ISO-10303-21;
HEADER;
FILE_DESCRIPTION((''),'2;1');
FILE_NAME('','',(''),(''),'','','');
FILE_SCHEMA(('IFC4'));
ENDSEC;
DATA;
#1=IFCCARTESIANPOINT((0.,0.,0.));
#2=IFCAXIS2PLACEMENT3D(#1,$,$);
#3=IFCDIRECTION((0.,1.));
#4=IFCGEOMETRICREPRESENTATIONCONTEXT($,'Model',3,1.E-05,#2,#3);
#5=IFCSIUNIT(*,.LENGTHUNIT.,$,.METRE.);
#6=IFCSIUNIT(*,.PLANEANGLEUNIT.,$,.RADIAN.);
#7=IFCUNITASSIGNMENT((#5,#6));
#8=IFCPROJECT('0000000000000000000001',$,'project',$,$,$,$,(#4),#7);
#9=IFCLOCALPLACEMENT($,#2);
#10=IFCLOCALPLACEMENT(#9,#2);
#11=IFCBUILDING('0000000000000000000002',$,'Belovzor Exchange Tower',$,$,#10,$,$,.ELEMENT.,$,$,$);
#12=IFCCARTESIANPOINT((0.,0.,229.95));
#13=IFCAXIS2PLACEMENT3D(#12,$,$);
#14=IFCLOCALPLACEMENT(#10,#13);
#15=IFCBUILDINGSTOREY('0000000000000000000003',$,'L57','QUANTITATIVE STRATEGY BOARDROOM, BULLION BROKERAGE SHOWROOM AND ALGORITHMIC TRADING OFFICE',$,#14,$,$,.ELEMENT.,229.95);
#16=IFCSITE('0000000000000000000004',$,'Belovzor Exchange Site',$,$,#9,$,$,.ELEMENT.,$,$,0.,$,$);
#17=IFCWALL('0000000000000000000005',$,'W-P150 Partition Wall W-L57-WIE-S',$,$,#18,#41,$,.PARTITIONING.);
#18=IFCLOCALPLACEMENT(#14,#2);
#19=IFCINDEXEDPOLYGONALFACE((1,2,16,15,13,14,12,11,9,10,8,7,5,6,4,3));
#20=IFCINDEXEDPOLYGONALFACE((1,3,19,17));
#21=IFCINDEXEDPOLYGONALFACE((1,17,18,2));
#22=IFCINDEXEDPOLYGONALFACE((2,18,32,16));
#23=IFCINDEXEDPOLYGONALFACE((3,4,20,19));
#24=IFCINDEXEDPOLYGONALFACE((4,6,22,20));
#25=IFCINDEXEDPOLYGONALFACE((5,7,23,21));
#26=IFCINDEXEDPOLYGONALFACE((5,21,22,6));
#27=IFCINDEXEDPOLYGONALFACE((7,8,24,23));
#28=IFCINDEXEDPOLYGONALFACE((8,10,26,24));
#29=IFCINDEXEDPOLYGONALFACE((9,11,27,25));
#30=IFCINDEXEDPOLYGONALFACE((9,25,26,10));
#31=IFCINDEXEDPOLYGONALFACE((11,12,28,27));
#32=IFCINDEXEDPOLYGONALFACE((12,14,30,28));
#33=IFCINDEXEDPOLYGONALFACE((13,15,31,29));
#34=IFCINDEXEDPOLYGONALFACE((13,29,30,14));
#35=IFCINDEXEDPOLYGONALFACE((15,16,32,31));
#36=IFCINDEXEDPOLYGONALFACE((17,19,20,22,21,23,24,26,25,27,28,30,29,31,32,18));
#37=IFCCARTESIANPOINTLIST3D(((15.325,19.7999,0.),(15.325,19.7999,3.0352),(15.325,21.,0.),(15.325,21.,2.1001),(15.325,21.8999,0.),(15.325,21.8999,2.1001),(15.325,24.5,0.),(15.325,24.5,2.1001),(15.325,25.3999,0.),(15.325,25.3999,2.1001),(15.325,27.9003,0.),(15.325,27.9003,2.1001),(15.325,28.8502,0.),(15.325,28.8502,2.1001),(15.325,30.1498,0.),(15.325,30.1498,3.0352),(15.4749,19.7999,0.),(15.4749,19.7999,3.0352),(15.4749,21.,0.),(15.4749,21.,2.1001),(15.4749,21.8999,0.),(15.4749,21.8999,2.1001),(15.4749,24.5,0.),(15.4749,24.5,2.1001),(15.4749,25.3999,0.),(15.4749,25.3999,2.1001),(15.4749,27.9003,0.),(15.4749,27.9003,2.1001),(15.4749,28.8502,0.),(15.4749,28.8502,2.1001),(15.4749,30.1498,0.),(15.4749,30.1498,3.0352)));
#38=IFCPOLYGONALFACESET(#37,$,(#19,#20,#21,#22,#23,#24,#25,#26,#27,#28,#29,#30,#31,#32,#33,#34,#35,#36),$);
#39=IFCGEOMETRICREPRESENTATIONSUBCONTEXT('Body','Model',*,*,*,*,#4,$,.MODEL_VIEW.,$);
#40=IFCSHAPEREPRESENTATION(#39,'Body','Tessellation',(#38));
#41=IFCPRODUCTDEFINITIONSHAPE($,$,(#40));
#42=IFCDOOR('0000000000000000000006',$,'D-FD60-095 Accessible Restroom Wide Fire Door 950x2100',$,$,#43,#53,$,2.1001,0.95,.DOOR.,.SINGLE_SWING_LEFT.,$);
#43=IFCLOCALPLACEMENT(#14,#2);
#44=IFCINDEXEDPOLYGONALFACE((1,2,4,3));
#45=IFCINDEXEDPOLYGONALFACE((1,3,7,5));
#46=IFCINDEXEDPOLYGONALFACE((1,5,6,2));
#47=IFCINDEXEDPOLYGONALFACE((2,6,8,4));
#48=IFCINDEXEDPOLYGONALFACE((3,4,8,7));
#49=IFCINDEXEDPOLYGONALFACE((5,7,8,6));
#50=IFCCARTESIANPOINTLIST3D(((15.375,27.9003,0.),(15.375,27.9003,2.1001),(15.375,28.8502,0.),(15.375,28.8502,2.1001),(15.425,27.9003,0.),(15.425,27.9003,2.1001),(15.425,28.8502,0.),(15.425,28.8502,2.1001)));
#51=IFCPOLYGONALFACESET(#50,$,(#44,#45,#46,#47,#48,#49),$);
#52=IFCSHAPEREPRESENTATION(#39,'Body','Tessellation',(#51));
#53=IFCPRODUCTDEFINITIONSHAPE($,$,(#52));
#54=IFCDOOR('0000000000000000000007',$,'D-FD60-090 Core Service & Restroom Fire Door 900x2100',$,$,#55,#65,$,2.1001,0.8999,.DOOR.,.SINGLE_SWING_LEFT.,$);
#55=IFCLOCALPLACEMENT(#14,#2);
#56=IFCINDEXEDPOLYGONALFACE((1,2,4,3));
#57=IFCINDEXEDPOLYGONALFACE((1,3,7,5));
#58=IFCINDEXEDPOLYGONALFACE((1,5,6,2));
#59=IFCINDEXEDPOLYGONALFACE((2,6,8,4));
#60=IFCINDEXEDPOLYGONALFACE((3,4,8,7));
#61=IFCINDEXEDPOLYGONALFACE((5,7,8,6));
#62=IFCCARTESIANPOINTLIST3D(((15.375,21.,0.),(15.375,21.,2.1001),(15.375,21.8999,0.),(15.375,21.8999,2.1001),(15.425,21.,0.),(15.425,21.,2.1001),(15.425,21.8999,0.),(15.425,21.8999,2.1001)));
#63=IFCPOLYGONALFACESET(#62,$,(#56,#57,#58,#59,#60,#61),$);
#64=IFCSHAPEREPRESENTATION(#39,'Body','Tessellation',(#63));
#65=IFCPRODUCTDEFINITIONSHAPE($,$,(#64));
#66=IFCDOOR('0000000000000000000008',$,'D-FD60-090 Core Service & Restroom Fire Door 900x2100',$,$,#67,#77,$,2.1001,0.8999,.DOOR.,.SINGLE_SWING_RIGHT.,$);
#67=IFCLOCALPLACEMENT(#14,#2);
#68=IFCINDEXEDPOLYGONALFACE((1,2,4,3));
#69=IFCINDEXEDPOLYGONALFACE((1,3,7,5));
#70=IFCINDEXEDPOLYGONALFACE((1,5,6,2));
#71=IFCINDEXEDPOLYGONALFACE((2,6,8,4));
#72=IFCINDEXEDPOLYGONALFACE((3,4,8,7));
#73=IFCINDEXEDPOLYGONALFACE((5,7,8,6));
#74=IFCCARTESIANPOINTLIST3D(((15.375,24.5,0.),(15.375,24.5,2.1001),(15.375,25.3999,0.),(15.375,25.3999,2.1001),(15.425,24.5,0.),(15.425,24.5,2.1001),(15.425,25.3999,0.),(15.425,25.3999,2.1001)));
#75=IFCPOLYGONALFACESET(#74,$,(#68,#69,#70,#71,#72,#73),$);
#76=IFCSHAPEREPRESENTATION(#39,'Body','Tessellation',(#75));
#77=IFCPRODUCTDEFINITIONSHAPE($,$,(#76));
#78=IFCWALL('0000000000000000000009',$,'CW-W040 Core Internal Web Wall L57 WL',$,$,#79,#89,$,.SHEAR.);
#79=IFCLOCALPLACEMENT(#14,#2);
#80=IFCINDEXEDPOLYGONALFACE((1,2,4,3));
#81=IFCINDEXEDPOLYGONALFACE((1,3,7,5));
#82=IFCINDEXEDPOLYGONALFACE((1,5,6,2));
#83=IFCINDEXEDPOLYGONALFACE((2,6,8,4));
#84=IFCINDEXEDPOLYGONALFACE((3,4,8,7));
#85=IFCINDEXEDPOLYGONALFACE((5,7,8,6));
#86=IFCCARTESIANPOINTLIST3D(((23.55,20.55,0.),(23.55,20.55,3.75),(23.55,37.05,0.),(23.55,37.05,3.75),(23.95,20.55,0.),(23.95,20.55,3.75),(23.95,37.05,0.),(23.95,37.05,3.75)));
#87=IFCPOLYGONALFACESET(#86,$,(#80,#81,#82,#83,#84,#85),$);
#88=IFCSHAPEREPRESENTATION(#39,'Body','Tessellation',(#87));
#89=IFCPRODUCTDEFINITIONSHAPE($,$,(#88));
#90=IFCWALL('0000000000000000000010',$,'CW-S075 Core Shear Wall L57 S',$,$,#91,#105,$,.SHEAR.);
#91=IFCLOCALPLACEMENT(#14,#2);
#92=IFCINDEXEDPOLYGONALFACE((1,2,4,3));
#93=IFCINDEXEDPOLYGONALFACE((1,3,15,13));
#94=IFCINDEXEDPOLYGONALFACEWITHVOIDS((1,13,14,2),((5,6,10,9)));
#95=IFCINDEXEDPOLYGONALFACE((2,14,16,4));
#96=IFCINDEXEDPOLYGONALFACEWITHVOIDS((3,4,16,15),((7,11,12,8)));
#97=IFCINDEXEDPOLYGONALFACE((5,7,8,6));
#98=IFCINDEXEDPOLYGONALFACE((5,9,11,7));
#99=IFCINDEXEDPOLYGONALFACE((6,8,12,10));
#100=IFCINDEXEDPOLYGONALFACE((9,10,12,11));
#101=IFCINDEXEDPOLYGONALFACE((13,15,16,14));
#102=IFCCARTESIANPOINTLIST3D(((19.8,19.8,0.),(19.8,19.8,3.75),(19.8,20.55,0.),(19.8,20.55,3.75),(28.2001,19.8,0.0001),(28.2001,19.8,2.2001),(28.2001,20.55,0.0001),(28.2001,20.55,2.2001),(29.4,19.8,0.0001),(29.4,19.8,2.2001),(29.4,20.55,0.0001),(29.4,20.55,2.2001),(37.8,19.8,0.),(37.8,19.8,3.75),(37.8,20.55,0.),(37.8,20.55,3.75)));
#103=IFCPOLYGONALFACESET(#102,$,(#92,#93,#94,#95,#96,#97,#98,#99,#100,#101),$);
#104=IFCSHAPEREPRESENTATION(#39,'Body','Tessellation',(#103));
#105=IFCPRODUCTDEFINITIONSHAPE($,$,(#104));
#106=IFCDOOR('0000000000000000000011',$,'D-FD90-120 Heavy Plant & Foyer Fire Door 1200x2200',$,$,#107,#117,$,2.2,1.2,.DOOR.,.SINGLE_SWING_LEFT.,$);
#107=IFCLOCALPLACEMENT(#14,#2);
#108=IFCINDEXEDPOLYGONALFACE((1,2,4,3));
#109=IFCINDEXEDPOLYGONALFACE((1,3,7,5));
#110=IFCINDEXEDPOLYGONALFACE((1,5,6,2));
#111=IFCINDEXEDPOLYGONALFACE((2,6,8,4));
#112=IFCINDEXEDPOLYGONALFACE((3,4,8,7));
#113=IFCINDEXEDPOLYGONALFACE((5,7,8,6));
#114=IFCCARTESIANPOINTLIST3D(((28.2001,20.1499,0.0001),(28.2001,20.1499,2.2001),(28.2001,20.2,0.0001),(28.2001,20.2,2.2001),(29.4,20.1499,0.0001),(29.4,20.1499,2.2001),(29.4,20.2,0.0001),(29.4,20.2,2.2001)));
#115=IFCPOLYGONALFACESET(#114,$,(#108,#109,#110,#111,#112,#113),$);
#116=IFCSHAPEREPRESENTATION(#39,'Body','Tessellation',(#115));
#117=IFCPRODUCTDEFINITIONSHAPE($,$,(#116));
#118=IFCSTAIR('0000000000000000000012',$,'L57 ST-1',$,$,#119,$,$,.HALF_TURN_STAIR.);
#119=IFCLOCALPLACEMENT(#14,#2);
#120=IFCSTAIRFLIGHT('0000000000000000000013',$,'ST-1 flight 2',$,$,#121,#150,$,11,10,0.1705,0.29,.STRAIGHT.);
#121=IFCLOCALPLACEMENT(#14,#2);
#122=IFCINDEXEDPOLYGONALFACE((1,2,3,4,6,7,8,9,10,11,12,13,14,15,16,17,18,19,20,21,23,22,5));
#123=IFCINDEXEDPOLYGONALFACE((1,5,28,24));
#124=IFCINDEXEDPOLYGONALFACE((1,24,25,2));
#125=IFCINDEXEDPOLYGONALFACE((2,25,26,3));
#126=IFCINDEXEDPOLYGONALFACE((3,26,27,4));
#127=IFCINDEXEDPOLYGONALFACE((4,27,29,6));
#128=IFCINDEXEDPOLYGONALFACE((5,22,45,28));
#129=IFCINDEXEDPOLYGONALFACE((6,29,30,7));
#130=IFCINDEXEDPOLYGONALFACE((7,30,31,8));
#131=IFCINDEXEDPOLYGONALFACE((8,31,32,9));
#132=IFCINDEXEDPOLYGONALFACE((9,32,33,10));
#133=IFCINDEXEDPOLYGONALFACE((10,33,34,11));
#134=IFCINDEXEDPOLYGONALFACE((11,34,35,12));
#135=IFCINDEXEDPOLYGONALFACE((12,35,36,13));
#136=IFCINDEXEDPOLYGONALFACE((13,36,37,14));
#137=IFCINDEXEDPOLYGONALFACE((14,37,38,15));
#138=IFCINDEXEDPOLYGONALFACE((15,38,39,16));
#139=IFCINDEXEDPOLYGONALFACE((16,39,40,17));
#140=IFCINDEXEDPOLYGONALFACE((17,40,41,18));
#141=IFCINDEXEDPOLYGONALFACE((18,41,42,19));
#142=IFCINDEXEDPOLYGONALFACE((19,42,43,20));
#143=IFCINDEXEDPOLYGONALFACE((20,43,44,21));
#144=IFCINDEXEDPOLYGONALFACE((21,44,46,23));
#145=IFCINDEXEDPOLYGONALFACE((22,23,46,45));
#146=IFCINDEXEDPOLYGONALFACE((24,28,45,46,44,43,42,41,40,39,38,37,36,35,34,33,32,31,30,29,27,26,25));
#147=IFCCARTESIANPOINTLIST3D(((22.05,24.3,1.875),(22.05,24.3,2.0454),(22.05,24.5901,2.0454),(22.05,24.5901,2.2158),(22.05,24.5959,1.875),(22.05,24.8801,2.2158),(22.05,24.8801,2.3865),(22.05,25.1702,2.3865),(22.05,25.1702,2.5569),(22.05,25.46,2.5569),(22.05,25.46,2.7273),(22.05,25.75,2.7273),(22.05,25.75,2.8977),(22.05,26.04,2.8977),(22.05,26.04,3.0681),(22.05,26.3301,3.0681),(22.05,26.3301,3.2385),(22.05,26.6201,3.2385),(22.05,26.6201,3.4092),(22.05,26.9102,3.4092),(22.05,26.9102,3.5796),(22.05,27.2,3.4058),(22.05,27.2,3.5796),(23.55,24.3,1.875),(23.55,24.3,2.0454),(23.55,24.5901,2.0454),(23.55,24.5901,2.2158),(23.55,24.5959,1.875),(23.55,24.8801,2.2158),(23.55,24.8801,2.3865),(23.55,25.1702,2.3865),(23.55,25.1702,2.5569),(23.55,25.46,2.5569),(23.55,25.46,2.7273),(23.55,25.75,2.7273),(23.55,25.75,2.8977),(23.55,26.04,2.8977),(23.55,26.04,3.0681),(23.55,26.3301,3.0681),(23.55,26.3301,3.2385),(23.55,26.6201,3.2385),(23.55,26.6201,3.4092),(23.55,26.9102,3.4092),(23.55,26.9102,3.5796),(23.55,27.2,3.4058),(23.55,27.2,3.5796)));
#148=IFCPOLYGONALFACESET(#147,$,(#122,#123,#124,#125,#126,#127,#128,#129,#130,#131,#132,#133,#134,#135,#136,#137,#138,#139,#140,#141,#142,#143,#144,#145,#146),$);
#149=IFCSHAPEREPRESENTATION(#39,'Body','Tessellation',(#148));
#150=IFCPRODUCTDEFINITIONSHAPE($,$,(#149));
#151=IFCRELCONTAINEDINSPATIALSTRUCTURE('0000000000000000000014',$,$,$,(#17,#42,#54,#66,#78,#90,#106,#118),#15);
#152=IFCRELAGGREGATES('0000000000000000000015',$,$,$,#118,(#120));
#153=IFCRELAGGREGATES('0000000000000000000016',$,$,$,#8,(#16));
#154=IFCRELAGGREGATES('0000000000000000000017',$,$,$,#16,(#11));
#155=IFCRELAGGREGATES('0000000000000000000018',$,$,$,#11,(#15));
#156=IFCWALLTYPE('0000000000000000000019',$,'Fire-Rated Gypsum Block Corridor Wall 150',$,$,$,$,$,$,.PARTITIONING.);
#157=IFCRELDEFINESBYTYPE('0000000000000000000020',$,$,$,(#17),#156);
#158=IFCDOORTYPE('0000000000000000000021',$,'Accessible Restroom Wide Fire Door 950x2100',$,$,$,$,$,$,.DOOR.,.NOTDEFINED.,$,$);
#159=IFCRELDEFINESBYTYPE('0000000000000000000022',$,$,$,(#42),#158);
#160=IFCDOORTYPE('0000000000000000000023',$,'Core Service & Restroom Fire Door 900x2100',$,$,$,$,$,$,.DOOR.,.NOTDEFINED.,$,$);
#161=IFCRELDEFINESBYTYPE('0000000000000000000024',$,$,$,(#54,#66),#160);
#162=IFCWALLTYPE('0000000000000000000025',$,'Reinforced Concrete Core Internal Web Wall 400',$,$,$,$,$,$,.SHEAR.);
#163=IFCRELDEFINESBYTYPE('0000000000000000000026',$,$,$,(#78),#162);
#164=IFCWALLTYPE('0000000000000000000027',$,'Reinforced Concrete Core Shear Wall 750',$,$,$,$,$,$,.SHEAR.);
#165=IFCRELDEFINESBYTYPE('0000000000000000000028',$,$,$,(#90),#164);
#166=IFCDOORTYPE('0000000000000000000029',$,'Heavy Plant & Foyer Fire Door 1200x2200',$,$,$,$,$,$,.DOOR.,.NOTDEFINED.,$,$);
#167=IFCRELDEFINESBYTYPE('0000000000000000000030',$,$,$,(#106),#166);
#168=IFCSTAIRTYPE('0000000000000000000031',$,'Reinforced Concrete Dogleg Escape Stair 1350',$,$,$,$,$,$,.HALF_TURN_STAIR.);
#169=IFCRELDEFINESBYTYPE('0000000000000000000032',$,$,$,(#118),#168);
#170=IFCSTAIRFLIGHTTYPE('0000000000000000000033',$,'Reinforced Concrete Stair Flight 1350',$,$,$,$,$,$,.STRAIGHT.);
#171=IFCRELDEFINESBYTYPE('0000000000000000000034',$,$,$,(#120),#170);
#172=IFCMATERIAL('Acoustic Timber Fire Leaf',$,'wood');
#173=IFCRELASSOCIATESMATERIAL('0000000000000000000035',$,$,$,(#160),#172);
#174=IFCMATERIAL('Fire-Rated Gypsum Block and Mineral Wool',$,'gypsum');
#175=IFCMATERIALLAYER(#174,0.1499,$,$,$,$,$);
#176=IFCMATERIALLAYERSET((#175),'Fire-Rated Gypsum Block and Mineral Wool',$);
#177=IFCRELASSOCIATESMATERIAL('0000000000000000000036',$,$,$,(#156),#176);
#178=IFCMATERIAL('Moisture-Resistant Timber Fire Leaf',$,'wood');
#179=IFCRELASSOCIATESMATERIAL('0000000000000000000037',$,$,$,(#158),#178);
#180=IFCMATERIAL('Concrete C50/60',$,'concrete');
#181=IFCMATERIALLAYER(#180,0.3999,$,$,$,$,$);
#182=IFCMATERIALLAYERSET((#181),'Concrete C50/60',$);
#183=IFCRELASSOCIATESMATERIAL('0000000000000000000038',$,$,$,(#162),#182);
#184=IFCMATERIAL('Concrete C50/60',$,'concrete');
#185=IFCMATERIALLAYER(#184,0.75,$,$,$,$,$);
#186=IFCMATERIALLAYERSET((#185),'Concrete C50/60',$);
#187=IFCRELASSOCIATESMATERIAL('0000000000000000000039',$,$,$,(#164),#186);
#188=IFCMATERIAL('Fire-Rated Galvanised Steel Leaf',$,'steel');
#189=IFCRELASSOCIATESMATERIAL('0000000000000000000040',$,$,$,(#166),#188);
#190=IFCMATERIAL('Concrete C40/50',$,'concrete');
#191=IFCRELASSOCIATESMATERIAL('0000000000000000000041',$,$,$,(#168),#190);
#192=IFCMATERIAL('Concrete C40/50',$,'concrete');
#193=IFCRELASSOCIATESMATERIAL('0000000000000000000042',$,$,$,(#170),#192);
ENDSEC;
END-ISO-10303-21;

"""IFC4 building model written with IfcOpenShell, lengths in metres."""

from ifc_helpers import new_model, si_unit, direction, frame, frame_2d, origin, place, context, subcontext, project, spatial, polyline, rectangle, outline, extrude, material, layer, layer_set, type_object, element, fill, aggregate, save


model = new_model("IFC4")

# Units and contexts
model_context = context("Model", 3, precision=1e-05, world=origin(), true_north=direction((0.0, 1.0)))
body_context = subcontext(model_context, "Body", "Model", "MODEL_VIEW")
ifc_project = project(units=[si_unit("LENGTHUNIT", "METRE"), si_unit("PLANEANGLEUNIT", "RADIAN")], contexts=[model_context])

# Site, building, storey
site_placement = place(None, origin())
site = spatial("IfcSite", under=ifc_project, at=site_placement, Name="Belovzor Exchange Site", CompositionType="ELEMENT", RefElevation=0.0)
building_placement = place(site_placement, origin())
building = spatial("IfcBuilding", under=site, at=building_placement, Name="Belovzor Exchange Tower", CompositionType="ELEMENT")
storey_placement = place(building_placement, frame((0.0, 0.0, 229.95)))
storey = spatial("IfcBuildingStorey", under=building, at=storey_placement, Name="L57", Description="QUANTITATIVE STRATEGY BOARDROOM, BULLION BROKERAGE SHOWROOM AND ALGORITHMIC TRADING OFFICE", CompositionType="ELEMENT", Elevation=229.95)

# Shared definitions
ifc_material_1 = material(Name="Acoustic Timber Fire Leaf", Category="wood")
door_type_1 = type_object("IfcDoorType", Name="Core Service & Restroom Fire Door 900x2100", OperationType="NOTDEFINED", PredefinedType="DOOR", material=ifc_material_1)

# Shared definitions
ifc_material_2 = material(Name="Fire-Rated Gypsum Block and Mineral Wool", Category="gypsum")
ifc_layer_1 = layer(ifc_material_2, 0.1499)
ifc_layer_set_1 = layer_set([ifc_layer_1], Name="Fire-Rated Gypsum Block and Mineral Wool")
wall_type_1 = type_object("IfcWallType", Name="Fire-Rated Gypsum Block Corridor Wall 150", PredefinedType="PARTITIONING", material=ifc_layer_set_1)

# Wall, openings, doors
wall_1_placement = place(storey_placement, frame((15.3999, 19.8, 0.0), z_axis=(0.0, 0.0, 1.0), x_axis=(0.0, 1.0, 0.0)))
wall_1 = element("IfcWall", 1, at=wall_1_placement, inside=storey, type_object=wall_type_1, Name="W-P150 Partition Wall W-L57-WIE-S", PredefinedType="PARTITIONING", context=body_context, shape_type="SweptSolid", body=[
    extrude(rectangle(XDim=10.3499, YDim=0.1499, at=frame_2d((5.1748, 0.0))), origin(), (0.0, 0.0, 1.0), 3.0352),
])
opening_1_placement = place(wall_1_placement, frame((1.2, 0.0, 0.0)))
opening_1 = element("IfcOpeningElement", 2, at=opening_1_placement, cuts=wall_1, PredefinedType="OPENING", context=body_context, shape_type="SweptSolid", body=[
    extrude(rectangle(XDim=0.8999, YDim=2.1001, at=frame_2d((0.45, 1.05))), frame((0.0, 0.085, 0.0), z_axis=(0.0, -1.0, 0.0), x_axis=(1.0, 0.0, 0.0)), (0.0, 0.0, 1.0), 0.1699),
])
opening_2_placement = place(wall_1_placement, frame((4.7, 0.0, 0.0)))
opening_2 = element("IfcOpeningElement", 3, at=opening_2_placement, cuts=wall_1, PredefinedType="OPENING", context=body_context, shape_type="SweptSolid", body=[
    extrude(rectangle(XDim=0.8999, YDim=2.1001, at=frame_2d((0.45, 1.05))), frame((0.0, 0.085, 0.0), z_axis=(0.0, -1.0, 0.0), x_axis=(1.0, 0.0, 0.0)), (0.0, 0.0, 1.0), 0.1699),
])
opening_3_placement = place(wall_1_placement, frame((8.1001, 0.0, 0.0)))
opening_3 = element("IfcOpeningElement", 4, at=opening_3_placement, cuts=wall_1, PredefinedType="OPENING", context=body_context, shape_type="SweptSolid", body=[
    extrude(rectangle(XDim=0.95, YDim=2.1001, at=frame_2d((0.4751, 1.05))), frame((0.0, 0.085, 0.0), z_axis=(0.0, -1.0, 0.0), x_axis=(1.0, 0.0, 0.0)), (0.0, 0.0, 1.0), 0.1699),
])
ifc_material_3 = material(Name="Moisture-Resistant Timber Fire Leaf", Category="wood")
door_type_2 = type_object("IfcDoorType", Name="Accessible Restroom Wide Fire Door 950x2100", OperationType="NOTDEFINED", PredefinedType="DOOR", material=ifc_material_3)
door_1_placement = place(opening_3_placement, origin())
door_1 = element("IfcDoor", 5, at=door_1_placement, inside=storey, type_object=door_type_2, Name="D-FD60-095 Accessible Restroom Wide Fire Door 950x2100", OperationType="SINGLE_SWING_LEFT", OverallHeight=2.1001, OverallWidth=0.95, PredefinedType="DOOR", context=body_context, shape_type="SweptSolid", body=[
    extrude(rectangle(XDim=0.95, YDim=2.1001, at=frame_2d((0.4751, 1.05))), frame((0.0, 0.0249, 0.0), z_axis=(0.0, -1.0, 0.0), x_axis=(1.0, 0.0, 0.0)), (0.0, 0.0, 1.0), 0.05),
])
fill(opening_3, door_1)
door_2_placement = place(opening_1_placement, origin())
door_2 = element("IfcDoor", 6, at=door_2_placement, inside=storey, type_object=door_type_1, Name="D-FD60-090 Core Service & Restroom Fire Door 900x2100", OperationType="SINGLE_SWING_LEFT", OverallHeight=2.1001, OverallWidth=0.8999, PredefinedType="DOOR", context=body_context, shape_type="SweptSolid", body=[
    extrude(rectangle(XDim=0.8999, YDim=2.1001, at=frame_2d((0.45, 1.05))), frame((0.0, 0.0249, 0.0), z_axis=(0.0, -1.0, 0.0), x_axis=(1.0, 0.0, 0.0)), (0.0, 0.0, 1.0), 0.05),
])
fill(opening_1, door_2)
door_3_placement = place(opening_2_placement, origin())
door_3 = element("IfcDoor", 7, at=door_3_placement, inside=storey, type_object=door_type_1, Name="D-FD60-090 Core Service & Restroom Fire Door 900x2100", OperationType="SINGLE_SWING_RIGHT", OverallHeight=2.1001, OverallWidth=0.8999, PredefinedType="DOOR", context=body_context, shape_type="SweptSolid", body=[
    extrude(rectangle(XDim=0.8999, YDim=2.1001, at=frame_2d((0.45, 1.05))), frame((0.0, 0.0249, 0.0), z_axis=(0.0, -1.0, 0.0), x_axis=(1.0, 0.0, 0.0)), (0.0, 0.0, 1.0), 0.05),
])
fill(opening_2, door_3)

# Wall
ifc_material_4 = material(Name="Concrete C50/60", Category="concrete")
ifc_layer_2 = layer(ifc_material_4, 0.3999)
ifc_layer_set_2 = layer_set([ifc_layer_2], Name="Concrete C50/60")
wall_type_2 = type_object("IfcWallType", Name="Reinforced Concrete Core Internal Web Wall 400", PredefinedType="SHEAR", material=ifc_layer_set_2)
wall_2_placement = place(storey_placement, frame((23.75, 20.55, 0.0), z_axis=(0.0, 0.0, 1.0), x_axis=(0.0, 1.0, 0.0)))
element("IfcWall", 8, at=wall_2_placement, inside=storey, type_object=wall_type_2, Name="CW-W040 Core Internal Web Wall L57 WL", PredefinedType="SHEAR", context=body_context, shape_type="SweptSolid", body=[
    extrude(rectangle(XDim=16.5, YDim=0.3999, at=frame_2d((8.25, 0.0))), origin(), (0.0, 0.0, 1.0), 3.75),
])

# Wall, opening, door
ifc_material_5 = material(Name="Concrete C50/60", Category="concrete")
ifc_layer_3 = layer(ifc_material_5, 0.75)
ifc_layer_set_3 = layer_set([ifc_layer_3], Name="Concrete C50/60")
wall_type_3 = type_object("IfcWallType", Name="Reinforced Concrete Core Shear Wall 750", PredefinedType="SHEAR", material=ifc_layer_set_3)
wall_3_placement = place(storey_placement, frame((19.8, 20.175, 0.0), z_axis=(0.0, 0.0, 1.0), x_axis=(1.0, 0.0, 0.0)))
wall_3 = element("IfcWall", 9, at=wall_3_placement, inside=storey, type_object=wall_type_3, Name="CW-S075 Core Shear Wall L57 S", PredefinedType="SHEAR", context=body_context, shape_type="SweptSolid", body=[
    extrude(rectangle(XDim=18.0, YDim=0.75, at=frame_2d((9.0, 0.0))), origin(), (0.0, 0.0, 1.0), 3.75),
])
opening_4_placement = place(wall_3_placement, frame((8.3999, 0.0, 0.0)))
opening_4 = element("IfcOpeningElement", 10, at=opening_4_placement, cuts=wall_3, PredefinedType="OPENING", context=body_context, shape_type="SweptSolid", body=[
    extrude(rectangle(XDim=1.2, YDim=2.2, at=frame_2d((0.6001, 1.1001))), frame((0.0, 0.385, 0.0), z_axis=(0.0, -1.0, 0.0), x_axis=(1.0, 0.0, 0.0)), (0.0, 0.0, 1.0), 0.77),
])
ifc_material_6 = material(Name="Fire-Rated Galvanised Steel Leaf", Category="steel")
door_type_3 = type_object("IfcDoorType", Name="Heavy Plant & Foyer Fire Door 1200x2200", OperationType="NOTDEFINED", PredefinedType="DOOR", material=ifc_material_6)
door_4_placement = place(opening_4_placement, origin())
door_4 = element("IfcDoor", 11, at=door_4_placement, inside=storey, type_object=door_type_3, Name="D-FD90-120 Heavy Plant & Foyer Fire Door 1200x2200", OperationType="SINGLE_SWING_LEFT", OverallHeight=2.2, OverallWidth=1.2, PredefinedType="DOOR", context=body_context, shape_type="SweptSolid", body=[
    extrude(rectangle(XDim=1.2, YDim=2.2, at=frame_2d((0.6001, 1.1001))), frame((0.0, 0.0249, 0.0), z_axis=(0.0, -1.0, 0.0), x_axis=(1.0, 0.0, 0.0)), (0.0, 0.0, 1.0), 0.05),
])
fill(opening_4, door_4)

# Stair, stair flight
ifc_material_7 = material(Name="Concrete C40/50", Category="concrete")
stair_type = type_object("IfcStairType", Name="Reinforced Concrete Dogleg Escape Stair 1350", PredefinedType="HALF_TURN_STAIR", material=ifc_material_7)
stair_placement = place(storey_placement, origin())
stair = element("IfcStair", 12, at=stair_placement, inside=storey, type_object=stair_type, Name="L57 ST-1", PredefinedType="HALF_TURN_STAIR")
ifc_material_8 = material(Name="Concrete C40/50", Category="concrete")
stair_flight_type = type_object("IfcStairFlightType", Name="Reinforced Concrete Stair Flight 1350", PredefinedType="STRAIGHT", material=ifc_material_8)
stair_flight_placement = place(storey_placement, frame((22.8, 24.3, 1.875), z_axis=(0.0, 0.0, 1.0), x_axis=(0.0, 1.0, 0.0)))
stair_flight = element("IfcStairFlight", 13, at=stair_flight_placement, type_object=stair_flight_type, Name="ST-1 flight 2", NumberOfRisers=11, NumberOfTreads=10, PredefinedType="STRAIGHT", RiserHeight=0.1705, TreadLength=0.29, context=body_context, shape_type="SweptSolid", body=[
    extrude(outline(polyline([(0.0, 0.0), (0.0, 0.1704), (0.29, 0.1704), (0.29, 0.3408), (0.5801, 0.3408), (0.5801, 0.5115), (0.8701, 0.5115), (0.8701, 0.6819), (1.1599, 0.6819), (1.1599, 0.8523), (1.45, 0.8523), (1.45, 1.0227), (1.74, 1.0227), (1.74, 1.1931), (2.03, 1.1931), (2.03, 1.3635), (2.3201, 1.3635), (2.3201, 1.5342), (2.6101, 1.5342), (2.6101, 1.7046), (2.8999, 1.7046), (2.8999, 1.875), (2.8999, 1.5308), (0.2959, 0.0), (0.0, 0.0)])), frame((0.0, 0.75, 0.0), z_axis=(0.0, -1.0, 0.0), x_axis=(1.0, 0.0, 0.0)), (0.0, 0.0, 1.0), 1.5),
])
aggregate(stair, [stair_flight])

save(model, "model.ifc")
